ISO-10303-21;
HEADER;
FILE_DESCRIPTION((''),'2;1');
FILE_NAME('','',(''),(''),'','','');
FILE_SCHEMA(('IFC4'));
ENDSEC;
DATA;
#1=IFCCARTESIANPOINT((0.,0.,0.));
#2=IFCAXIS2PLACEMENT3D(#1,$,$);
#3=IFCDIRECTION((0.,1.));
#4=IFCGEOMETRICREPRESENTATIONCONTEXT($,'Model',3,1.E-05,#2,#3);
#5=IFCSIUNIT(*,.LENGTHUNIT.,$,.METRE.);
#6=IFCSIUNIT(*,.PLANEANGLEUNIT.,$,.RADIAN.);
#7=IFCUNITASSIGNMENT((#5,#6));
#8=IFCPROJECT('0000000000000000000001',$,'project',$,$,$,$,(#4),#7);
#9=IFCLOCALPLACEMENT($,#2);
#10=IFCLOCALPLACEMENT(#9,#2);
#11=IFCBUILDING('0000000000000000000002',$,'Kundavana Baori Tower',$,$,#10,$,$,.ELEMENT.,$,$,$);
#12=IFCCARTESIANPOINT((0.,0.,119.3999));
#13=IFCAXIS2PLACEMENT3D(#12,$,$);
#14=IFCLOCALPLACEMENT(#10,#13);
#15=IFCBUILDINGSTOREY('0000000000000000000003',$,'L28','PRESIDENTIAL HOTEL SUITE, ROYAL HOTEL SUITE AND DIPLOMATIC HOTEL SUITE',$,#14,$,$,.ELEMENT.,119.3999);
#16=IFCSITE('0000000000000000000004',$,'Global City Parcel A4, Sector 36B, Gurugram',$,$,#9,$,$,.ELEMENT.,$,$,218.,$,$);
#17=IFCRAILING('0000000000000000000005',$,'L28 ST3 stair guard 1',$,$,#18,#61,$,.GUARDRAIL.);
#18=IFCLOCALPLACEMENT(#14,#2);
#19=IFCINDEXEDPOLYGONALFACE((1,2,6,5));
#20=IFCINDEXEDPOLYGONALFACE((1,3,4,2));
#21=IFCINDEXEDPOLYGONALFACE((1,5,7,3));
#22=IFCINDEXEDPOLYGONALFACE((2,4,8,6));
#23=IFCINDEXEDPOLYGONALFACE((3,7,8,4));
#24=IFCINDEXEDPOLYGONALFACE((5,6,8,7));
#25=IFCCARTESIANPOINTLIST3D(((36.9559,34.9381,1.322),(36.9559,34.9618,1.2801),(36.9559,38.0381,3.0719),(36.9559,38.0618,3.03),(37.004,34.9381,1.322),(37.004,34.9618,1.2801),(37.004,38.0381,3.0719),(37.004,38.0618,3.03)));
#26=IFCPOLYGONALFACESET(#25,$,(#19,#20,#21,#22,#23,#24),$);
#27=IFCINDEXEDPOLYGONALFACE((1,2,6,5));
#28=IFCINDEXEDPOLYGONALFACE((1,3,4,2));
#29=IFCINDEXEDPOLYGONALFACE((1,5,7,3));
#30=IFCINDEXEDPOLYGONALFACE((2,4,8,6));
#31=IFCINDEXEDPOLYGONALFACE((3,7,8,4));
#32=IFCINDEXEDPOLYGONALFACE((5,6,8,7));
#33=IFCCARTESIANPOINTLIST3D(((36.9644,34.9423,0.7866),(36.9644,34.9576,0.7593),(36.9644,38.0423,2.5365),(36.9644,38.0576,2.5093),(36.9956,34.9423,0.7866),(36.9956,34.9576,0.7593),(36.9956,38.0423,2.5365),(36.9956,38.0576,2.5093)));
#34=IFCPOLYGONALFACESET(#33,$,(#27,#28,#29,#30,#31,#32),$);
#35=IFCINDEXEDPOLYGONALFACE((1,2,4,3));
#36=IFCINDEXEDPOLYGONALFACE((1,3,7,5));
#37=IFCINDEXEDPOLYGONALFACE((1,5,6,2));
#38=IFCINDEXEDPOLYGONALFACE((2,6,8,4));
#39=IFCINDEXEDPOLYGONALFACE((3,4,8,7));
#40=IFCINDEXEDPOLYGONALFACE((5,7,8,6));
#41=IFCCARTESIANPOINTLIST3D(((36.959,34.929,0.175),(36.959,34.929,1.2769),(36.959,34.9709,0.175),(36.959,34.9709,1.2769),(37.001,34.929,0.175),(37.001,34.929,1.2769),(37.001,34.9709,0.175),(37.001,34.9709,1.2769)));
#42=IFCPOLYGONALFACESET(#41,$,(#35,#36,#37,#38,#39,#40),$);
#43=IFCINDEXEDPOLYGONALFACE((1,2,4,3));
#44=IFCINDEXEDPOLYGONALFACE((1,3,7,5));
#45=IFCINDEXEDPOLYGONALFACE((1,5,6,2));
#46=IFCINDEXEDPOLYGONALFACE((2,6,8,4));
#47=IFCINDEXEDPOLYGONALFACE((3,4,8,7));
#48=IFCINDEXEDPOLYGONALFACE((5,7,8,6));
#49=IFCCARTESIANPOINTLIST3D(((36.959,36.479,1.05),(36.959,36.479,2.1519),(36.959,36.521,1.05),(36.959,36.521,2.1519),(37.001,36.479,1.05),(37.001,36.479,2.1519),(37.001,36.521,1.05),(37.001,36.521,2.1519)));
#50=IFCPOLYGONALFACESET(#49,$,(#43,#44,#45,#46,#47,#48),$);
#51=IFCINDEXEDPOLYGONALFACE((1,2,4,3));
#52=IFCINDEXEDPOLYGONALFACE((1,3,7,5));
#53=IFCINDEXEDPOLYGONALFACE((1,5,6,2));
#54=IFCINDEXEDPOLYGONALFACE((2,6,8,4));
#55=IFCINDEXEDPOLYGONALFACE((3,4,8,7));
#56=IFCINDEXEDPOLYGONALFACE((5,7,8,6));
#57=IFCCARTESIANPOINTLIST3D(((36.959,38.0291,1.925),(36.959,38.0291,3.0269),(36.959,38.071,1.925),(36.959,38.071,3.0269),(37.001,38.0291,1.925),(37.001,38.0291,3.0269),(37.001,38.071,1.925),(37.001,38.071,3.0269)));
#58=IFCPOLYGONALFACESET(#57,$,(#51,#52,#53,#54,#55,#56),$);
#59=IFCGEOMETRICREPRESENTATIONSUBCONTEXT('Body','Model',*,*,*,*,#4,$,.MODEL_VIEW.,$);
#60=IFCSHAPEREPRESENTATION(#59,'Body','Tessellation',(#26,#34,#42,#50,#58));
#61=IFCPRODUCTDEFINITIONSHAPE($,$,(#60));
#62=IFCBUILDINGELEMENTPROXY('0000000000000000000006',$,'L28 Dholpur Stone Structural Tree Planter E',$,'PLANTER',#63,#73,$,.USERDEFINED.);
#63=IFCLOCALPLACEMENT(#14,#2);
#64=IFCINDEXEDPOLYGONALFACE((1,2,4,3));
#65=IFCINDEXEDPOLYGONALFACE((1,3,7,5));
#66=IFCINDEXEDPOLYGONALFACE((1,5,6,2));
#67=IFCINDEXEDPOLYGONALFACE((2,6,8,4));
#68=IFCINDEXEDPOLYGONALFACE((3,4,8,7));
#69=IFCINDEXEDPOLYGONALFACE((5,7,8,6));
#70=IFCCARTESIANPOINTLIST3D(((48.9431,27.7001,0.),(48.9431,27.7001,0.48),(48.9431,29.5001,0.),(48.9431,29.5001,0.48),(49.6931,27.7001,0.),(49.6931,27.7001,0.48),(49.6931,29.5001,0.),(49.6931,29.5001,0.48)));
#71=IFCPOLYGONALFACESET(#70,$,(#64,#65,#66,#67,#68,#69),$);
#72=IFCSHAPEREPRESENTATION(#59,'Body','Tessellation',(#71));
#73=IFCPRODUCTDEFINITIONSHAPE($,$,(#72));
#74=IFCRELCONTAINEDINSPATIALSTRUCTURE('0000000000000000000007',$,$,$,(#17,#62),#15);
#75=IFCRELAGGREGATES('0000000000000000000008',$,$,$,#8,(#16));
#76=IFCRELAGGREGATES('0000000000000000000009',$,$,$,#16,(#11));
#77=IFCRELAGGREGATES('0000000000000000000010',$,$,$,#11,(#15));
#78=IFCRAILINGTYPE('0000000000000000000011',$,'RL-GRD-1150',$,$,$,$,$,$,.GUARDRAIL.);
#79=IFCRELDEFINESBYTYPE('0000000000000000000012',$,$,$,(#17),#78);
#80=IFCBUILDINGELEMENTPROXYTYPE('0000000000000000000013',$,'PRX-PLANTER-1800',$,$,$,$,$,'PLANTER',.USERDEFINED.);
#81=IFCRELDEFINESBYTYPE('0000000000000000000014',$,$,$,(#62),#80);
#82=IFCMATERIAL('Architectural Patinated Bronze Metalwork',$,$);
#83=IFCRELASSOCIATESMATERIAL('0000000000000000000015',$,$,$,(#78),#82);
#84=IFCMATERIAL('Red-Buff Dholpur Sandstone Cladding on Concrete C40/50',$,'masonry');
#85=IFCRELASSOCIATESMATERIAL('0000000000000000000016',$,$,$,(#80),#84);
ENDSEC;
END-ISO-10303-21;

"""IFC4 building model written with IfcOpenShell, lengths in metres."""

from ifc_helpers import new_model, si_unit, direction, frame, origin, origin_2d, place, context, subcontext, project, spatial, rectangle, extrude, material, type_object, element, save


model = new_model("IFC4")

# Units and contexts
model_context = context("Model", 3, precision=1e-05, world=origin(), true_north=direction((0.0, 1.0)))
body_context = subcontext(model_context, "Body", "Model", "MODEL_VIEW")
ifc_project = project(units=[si_unit("LENGTHUNIT", "METRE"), si_unit("PLANEANGLEUNIT", "RADIAN")], contexts=[model_context])

# Site, building, storey
site_placement = place(None, origin())
site = spatial("IfcSite", under=ifc_project, at=site_placement, Name="Global City Parcel A4, Sector 36B, Gurugram", CompositionType="ELEMENT", RefElevation=218.0)
building_placement = place(site_placement, origin())
building = spatial("IfcBuilding", under=site, at=building_placement, Name="Kundavana Baori Tower", CompositionType="ELEMENT")
storey_placement = place(building_placement, frame((0.0, 0.0, 119.3999)))
storey = spatial("IfcBuildingStorey", under=building, at=storey_placement, Name="L28", Description="PRESIDENTIAL HOTEL SUITE, ROYAL HOTEL SUITE AND DIPLOMATIC HOTEL SUITE", CompositionType="ELEMENT", Elevation=119.3999)

# Railing
ifc_material_1 = material(Name="Architectural Patinated Bronze Metalwork")
railing_type = type_object("IfcRailingType", Name="RL-GRD-1150", PredefinedType="GUARDRAIL", material=ifc_material_1)
railing_placement = place(storey_placement, frame((36.98, 34.95, 0.175)))
element("IfcRailing", 1, at=railing_placement, inside=storey, type_object=railing_type, Name="L28 ST3 stair guard 1", PredefinedType="GUARDRAIL", context=body_context, shape_type="SweptSolid", body=[
    extrude(rectangle(XDim=0.0481, YDim=0.0481, at=origin_2d()), frame((0.0, 0.0, 1.126), z_axis=(0.0, 0.870831, 0.491583), x_axis=(-1.0, 0.0, 0.0)), (0.0, 0.0, 1.0), 3.5598),
    extrude(rectangle(XDim=0.0312, YDim=0.0312, at=origin_2d()), frame((0.0, 0.0, 0.5979), z_axis=(0.0, 0.870831, 0.491583), x_axis=(-1.0, 0.0, 0.0)), (0.0, 0.0, 1.0), 3.5598),
    extrude(rectangle(XDim=0.042, YDim=0.042, at=origin_2d()), origin(), (0.0, 0.0, 1.0), 1.1018),
    extrude(rectangle(XDim=0.042, YDim=0.042, at=origin_2d()), frame((0.0, 1.55, 0.875)), (0.0, 0.0, 1.0), 1.1018),
    extrude(rectangle(XDim=0.042, YDim=0.042, at=origin_2d()), frame((0.0, 3.1001, 1.75)), (0.0, 0.0, 1.0), 1.1018),
])

# Building element proxy
ifc_material_2 = material(Name="Red-Buff Dholpur Sandstone Cladding on Concrete C40/50", Category="masonry")
building_element_proxy_type = type_object("IfcBuildingElementProxyType", Name="PRX-PLANTER-1800", ElementType="PLANTER", PredefinedType="USERDEFINED", material=ifc_material_2)
proxy_placement = place(storey_placement, frame((49.3181, 28.6001, 0.0), z_axis=(0.0, 0.0, 1.0), x_axis=(0.0, 1.0, 0.0)))
element("IfcBuildingElementProxy", 2, at=proxy_placement, inside=storey, type_object=building_element_proxy_type, Name="L28 Dholpur Stone Structural Tree Planter E", ObjectType="PLANTER", PredefinedType="USERDEFINED", context=body_context, shape_type="SweptSolid", body=[
    extrude(rectangle(XDim=1.8, YDim=0.75, at=origin_2d()), origin(), (0.0, 0.0, 1.0), 0.48),
])

save(model, "model.ifc")
